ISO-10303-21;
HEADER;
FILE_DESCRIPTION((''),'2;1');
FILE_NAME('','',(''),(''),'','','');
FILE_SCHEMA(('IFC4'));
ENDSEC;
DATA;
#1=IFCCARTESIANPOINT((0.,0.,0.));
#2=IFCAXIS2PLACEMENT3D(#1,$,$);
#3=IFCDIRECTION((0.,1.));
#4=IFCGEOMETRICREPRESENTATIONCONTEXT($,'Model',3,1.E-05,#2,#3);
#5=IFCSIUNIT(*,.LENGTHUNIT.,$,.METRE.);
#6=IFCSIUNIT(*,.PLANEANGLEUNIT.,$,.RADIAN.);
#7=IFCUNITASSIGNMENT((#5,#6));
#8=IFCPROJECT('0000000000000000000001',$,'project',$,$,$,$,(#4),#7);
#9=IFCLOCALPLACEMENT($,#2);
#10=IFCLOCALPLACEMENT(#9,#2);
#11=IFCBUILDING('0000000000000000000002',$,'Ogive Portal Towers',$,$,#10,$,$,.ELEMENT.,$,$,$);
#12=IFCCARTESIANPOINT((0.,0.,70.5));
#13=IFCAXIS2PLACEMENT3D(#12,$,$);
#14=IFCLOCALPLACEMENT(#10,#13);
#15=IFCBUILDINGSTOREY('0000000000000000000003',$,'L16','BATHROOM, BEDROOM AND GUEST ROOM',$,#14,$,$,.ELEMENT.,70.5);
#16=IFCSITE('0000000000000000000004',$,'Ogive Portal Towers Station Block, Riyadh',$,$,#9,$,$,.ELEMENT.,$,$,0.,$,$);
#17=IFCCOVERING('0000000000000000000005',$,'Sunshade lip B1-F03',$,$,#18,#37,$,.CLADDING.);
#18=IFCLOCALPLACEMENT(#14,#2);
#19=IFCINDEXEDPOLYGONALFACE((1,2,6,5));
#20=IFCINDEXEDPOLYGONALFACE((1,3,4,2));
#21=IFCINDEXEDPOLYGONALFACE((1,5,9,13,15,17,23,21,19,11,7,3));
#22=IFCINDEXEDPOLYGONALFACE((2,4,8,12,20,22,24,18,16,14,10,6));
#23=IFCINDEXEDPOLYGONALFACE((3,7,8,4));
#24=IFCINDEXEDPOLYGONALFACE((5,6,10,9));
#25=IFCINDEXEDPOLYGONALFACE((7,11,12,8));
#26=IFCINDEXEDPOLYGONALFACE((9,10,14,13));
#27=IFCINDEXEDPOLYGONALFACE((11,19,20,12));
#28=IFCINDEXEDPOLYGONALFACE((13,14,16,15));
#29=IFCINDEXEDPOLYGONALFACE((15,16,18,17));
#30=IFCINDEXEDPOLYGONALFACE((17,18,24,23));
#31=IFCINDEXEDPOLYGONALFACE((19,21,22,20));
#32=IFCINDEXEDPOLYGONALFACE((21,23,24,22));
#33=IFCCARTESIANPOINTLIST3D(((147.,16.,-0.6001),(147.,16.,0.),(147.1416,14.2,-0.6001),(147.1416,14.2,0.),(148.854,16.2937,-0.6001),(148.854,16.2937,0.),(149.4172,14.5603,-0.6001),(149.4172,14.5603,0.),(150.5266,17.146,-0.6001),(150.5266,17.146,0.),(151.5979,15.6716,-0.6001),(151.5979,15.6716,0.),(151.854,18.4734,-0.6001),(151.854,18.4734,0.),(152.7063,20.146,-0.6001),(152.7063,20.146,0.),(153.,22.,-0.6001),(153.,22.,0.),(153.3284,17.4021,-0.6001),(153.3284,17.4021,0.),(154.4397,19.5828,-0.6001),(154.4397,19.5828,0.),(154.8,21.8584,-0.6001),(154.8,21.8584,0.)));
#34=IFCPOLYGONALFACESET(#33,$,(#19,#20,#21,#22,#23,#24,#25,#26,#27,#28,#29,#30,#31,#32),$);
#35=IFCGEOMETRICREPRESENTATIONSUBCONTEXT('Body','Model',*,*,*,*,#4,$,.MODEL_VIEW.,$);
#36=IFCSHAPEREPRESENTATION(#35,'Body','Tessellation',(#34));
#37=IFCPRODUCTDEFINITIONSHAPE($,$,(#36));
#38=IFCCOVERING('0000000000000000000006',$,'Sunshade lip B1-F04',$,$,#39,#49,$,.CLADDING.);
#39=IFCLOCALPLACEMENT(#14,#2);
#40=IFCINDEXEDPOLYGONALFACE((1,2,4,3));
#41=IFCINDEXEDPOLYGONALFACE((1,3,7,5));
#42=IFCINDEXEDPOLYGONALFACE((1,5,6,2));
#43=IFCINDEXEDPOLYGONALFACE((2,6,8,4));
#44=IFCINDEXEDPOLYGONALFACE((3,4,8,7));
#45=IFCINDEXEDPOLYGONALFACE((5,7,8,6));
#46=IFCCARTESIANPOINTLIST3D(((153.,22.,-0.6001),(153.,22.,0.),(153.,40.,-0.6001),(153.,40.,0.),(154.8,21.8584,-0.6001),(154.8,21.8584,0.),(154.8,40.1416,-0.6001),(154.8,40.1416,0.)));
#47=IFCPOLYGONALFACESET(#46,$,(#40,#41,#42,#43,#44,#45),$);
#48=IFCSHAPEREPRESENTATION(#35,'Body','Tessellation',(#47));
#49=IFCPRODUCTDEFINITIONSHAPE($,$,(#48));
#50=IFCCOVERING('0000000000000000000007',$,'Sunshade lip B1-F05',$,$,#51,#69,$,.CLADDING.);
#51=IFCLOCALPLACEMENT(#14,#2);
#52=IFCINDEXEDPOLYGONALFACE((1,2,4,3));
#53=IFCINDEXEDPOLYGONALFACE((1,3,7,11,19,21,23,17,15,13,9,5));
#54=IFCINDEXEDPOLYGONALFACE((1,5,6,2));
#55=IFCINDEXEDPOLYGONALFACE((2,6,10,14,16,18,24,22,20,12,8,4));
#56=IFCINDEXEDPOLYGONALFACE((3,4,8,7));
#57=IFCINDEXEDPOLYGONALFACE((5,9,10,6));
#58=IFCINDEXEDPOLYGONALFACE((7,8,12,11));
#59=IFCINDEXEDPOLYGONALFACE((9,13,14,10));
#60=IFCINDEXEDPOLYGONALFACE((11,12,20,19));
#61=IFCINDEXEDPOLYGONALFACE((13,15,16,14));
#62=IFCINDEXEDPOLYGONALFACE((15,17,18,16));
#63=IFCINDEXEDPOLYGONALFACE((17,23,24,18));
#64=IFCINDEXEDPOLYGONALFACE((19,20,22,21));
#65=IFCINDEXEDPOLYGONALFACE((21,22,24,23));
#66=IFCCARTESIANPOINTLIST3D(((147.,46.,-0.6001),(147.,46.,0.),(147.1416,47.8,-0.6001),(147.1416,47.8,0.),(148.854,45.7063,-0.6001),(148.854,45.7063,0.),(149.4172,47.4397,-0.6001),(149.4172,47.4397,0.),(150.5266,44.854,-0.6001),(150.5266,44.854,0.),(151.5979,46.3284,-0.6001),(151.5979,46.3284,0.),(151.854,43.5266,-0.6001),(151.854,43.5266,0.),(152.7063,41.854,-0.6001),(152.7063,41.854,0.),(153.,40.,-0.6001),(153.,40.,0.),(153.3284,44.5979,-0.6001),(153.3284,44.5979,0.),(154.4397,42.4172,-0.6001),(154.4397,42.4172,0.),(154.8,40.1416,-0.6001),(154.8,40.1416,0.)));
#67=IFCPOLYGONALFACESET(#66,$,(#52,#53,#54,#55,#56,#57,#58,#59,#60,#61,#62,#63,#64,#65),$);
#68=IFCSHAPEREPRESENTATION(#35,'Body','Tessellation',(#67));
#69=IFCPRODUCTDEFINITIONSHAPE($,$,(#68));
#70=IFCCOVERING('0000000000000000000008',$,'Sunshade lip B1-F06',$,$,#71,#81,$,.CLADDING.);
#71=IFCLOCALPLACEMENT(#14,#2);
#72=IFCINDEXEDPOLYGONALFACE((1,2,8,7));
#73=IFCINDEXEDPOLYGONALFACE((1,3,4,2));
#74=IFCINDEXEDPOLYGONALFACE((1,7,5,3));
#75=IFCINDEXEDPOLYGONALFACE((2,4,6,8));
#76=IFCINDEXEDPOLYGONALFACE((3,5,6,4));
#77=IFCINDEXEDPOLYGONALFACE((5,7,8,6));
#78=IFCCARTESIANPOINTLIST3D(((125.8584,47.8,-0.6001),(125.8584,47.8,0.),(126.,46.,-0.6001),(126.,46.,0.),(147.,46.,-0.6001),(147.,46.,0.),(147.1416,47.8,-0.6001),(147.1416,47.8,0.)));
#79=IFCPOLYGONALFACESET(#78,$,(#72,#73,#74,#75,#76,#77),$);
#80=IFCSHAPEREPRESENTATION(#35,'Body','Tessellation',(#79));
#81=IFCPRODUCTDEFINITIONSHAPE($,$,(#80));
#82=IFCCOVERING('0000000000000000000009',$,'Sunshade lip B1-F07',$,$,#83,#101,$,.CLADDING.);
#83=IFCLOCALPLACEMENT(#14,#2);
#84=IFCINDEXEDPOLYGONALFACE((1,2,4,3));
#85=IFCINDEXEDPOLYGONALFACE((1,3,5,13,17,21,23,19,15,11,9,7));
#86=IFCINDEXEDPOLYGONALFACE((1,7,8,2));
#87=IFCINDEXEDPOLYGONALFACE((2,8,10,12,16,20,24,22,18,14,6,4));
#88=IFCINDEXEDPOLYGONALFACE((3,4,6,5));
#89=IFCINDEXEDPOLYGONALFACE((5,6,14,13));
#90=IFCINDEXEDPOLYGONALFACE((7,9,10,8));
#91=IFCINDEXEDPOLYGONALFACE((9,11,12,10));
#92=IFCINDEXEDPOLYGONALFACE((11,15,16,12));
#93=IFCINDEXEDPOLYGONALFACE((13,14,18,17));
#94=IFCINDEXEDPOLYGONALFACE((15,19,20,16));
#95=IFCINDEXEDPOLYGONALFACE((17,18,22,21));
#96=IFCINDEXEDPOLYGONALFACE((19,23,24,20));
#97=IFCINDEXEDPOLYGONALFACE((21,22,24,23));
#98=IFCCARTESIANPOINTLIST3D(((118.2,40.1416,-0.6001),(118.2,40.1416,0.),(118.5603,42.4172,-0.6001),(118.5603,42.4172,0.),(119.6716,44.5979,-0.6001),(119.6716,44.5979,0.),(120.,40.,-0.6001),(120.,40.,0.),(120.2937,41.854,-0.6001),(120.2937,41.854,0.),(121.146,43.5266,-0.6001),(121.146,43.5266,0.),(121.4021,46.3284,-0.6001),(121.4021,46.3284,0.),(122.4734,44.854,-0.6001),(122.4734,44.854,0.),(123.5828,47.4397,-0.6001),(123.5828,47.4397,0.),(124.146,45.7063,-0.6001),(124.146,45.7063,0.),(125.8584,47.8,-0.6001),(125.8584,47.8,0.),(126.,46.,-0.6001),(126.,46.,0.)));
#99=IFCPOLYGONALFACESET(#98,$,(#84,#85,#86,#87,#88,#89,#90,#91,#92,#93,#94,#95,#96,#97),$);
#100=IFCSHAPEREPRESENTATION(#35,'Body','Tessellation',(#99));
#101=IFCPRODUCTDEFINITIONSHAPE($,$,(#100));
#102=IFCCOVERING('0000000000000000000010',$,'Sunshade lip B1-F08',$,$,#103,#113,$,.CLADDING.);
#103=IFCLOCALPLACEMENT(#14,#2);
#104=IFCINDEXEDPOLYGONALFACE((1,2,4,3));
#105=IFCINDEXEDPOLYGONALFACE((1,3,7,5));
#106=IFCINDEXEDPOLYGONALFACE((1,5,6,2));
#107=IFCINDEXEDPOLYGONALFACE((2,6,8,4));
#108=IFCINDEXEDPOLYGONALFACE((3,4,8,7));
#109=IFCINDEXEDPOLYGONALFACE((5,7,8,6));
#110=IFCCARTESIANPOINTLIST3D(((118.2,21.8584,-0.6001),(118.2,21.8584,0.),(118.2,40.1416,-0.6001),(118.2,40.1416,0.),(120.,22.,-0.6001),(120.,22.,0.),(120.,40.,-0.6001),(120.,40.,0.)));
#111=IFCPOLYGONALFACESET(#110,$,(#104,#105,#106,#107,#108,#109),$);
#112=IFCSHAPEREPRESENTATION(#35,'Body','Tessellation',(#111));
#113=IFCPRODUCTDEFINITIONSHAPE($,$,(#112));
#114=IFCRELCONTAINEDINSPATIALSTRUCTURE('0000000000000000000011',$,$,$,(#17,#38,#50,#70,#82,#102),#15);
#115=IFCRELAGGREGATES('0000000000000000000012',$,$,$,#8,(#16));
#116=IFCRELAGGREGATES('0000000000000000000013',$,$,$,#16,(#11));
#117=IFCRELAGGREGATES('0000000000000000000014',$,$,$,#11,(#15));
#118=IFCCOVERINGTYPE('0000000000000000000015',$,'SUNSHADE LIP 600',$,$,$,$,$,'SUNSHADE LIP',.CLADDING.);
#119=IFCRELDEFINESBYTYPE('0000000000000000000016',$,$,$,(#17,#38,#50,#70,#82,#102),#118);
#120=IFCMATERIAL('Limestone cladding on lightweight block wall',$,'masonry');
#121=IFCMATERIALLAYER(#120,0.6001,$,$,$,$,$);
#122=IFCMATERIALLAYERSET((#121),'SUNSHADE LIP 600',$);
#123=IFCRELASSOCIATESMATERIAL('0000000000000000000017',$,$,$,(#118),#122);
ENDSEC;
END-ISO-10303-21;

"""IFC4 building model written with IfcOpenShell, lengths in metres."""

from ifc_helpers import new_model, si_unit, direction, frame, origin, place, context, subcontext, project, spatial, polyline, outline, extrude, material, layer, layer_set, type_object, element, save


model = new_model("IFC4")

# Units and contexts
model_context = context("Model", 3, precision=1e-05, world=origin(), true_north=direction((0.0, 1.0)))
body_context = subcontext(model_context, "Body", "Model", "MODEL_VIEW")
ifc_project = project(units=[si_unit("LENGTHUNIT", "METRE"), si_unit("PLANEANGLEUNIT", "RADIAN")], contexts=[model_context])

# Site, building, storey
site_placement = place(None, origin())
site = spatial("IfcSite", under=ifc_project, at=site_placement, Name="Ogive Portal Towers Station Block, Riyadh", CompositionType="ELEMENT", RefElevation=0.0)
building_placement = place(site_placement, origin())
building = spatial("IfcBuilding", under=site, at=building_placement, Name="Ogive Portal Towers", CompositionType="ELEMENT")
storey_placement = place(building_placement, frame((0.0, 0.0, 70.5)))
storey = spatial("IfcBuildingStorey", under=building, at=storey_placement, Name="L16", Description="BATHROOM, BEDROOM AND GUEST ROOM", CompositionType="ELEMENT", Elevation=70.5)

# Shared definitions
ifc_material_1 = material(Name="Limestone cladding on lightweight block wall", Category="masonry")

# Coverings
ifc_layer_1 = layer(ifc_material_1, 0.6001)
ifc_layer_set_1 = layer_set([ifc_layer_1], Name="SUNSHADE LIP 600")
covering_type_1 = type_object("IfcCoveringType", Name="SUNSHADE LIP 600", ElementType="SUNSHADE LIP", PredefinedType="CLADDING", material=ifc_layer_set_1)
covering_1_placement = place(storey_placement, frame((0.0, 0.0, -0.6001)))
element("IfcCovering", 1, at=covering_1_placement, inside=storey, type_object=covering_type_1, Name="Sunshade lip B1-F03", PredefinedType="CLADDING", context=body_context, shape_type="SweptSolid", body=[
    extrude(outline(polyline([(147.0, 16.0), (148.854, 16.2937), (150.5266, 17.146), (151.854, 18.4734), (152.7063, 20.146), (153.0, 22.0), (154.8, 21.8584), (154.4397, 19.5828), (153.3284, 17.4021), (151.5979, 15.6716), (149.4172, 14.5603), (147.1416, 14.2), (147.0, 16.0)])), origin(), (0.0, 0.0, 1.0), 0.6001),
])
covering_2_placement = place(storey_placement, frame((0.0, 0.0, -0.6001)))
element("IfcCovering", 2, at=covering_2_placement, inside=storey, type_object=covering_type_1, Name="Sunshade lip B1-F04", PredefinedType="CLADDING", context=body_context, shape_type="SweptSolid", body=[
    extrude(outline(polyline([(153.0, 22.0), (153.0, 40.0), (154.8, 40.1416), (154.8, 21.8584), (153.0, 22.0)])), origin(), (0.0, 0.0, 1.0), 0.6001),
])
covering_3_placement = place(storey_placement, frame((0.0, 0.0, -0.6001)))
element("IfcCovering", 3, at=covering_3_placement, inside=storey, type_object=covering_type_1, Name="Sunshade lip B1-F05", PredefinedType="CLADDING", context=body_context, shape_type="SweptSolid", body=[
    extrude(outline(polyline([(153.0, 40.0), (152.7063, 41.854), (151.854, 43.5266), (150.5266, 44.854), (148.854, 45.7063), (147.0, 46.0), (147.1416, 47.8), (149.4172, 47.4397), (151.5979, 46.3284), (153.3284, 44.5979), (154.4397, 42.4172), (154.8, 40.1416), (153.0, 40.0)])), origin(), (0.0, 0.0, 1.0), 0.6001),
])
covering_4_placement = place(storey_placement, frame((0.0, 0.0, -0.6001)))
element("IfcCovering", 4, at=covering_4_placement, inside=storey, type_object=covering_type_1, Name="Sunshade lip B1-F06", PredefinedType="CLADDING", context=body_context, shape_type="SweptSolid", body=[
    extrude(outline(polyline([(147.0, 46.0), (126.0, 46.0), (125.8584, 47.8), (147.1416, 47.8), (147.0, 46.0)])), origin(), (0.0, 0.0, 1.0), 0.6001),
])
covering_5_placement = place(storey_placement, frame((0.0, 0.0, -0.6001)))
element("IfcCovering", 5, at=covering_5_placement, inside=storey, type_object=covering_type_1, Name="Sunshade lip B1-F07", PredefinedType="CLADDING", context=body_context, shape_type="SweptSolid", body=[
    extrude(outline(polyline([(126.0, 46.0), (124.146, 45.7063), (122.4734, 44.854), (121.146, 43.5266), (120.2937, 41.854), (120.0, 40.0), (118.2, 40.1416), (118.5603, 42.4172), (119.6716, 44.5979), (121.4021, 46.3284), (123.5828, 47.4397), (125.8584, 47.8), (126.0, 46.0)])), origin(), (0.0, 0.0, 1.0), 0.6001),
])
covering_6_placement = place(storey_placement, frame((0.0, 0.0, -0.6001)))
element("IfcCovering", 6, at=covering_6_placement, inside=storey, type_object=covering_type_1, Name="Sunshade lip B1-F08", PredefinedType="CLADDING", context=body_context, shape_type="SweptSolid", body=[
    extrude(outline(polyline([(120.0, 40.0), (120.0, 22.0), (118.2, 21.8584), (118.2, 40.1416), (120.0, 40.0)])), origin(), (0.0, 0.0, 1.0), 0.6001),
])

save(model, "model.ifc")
